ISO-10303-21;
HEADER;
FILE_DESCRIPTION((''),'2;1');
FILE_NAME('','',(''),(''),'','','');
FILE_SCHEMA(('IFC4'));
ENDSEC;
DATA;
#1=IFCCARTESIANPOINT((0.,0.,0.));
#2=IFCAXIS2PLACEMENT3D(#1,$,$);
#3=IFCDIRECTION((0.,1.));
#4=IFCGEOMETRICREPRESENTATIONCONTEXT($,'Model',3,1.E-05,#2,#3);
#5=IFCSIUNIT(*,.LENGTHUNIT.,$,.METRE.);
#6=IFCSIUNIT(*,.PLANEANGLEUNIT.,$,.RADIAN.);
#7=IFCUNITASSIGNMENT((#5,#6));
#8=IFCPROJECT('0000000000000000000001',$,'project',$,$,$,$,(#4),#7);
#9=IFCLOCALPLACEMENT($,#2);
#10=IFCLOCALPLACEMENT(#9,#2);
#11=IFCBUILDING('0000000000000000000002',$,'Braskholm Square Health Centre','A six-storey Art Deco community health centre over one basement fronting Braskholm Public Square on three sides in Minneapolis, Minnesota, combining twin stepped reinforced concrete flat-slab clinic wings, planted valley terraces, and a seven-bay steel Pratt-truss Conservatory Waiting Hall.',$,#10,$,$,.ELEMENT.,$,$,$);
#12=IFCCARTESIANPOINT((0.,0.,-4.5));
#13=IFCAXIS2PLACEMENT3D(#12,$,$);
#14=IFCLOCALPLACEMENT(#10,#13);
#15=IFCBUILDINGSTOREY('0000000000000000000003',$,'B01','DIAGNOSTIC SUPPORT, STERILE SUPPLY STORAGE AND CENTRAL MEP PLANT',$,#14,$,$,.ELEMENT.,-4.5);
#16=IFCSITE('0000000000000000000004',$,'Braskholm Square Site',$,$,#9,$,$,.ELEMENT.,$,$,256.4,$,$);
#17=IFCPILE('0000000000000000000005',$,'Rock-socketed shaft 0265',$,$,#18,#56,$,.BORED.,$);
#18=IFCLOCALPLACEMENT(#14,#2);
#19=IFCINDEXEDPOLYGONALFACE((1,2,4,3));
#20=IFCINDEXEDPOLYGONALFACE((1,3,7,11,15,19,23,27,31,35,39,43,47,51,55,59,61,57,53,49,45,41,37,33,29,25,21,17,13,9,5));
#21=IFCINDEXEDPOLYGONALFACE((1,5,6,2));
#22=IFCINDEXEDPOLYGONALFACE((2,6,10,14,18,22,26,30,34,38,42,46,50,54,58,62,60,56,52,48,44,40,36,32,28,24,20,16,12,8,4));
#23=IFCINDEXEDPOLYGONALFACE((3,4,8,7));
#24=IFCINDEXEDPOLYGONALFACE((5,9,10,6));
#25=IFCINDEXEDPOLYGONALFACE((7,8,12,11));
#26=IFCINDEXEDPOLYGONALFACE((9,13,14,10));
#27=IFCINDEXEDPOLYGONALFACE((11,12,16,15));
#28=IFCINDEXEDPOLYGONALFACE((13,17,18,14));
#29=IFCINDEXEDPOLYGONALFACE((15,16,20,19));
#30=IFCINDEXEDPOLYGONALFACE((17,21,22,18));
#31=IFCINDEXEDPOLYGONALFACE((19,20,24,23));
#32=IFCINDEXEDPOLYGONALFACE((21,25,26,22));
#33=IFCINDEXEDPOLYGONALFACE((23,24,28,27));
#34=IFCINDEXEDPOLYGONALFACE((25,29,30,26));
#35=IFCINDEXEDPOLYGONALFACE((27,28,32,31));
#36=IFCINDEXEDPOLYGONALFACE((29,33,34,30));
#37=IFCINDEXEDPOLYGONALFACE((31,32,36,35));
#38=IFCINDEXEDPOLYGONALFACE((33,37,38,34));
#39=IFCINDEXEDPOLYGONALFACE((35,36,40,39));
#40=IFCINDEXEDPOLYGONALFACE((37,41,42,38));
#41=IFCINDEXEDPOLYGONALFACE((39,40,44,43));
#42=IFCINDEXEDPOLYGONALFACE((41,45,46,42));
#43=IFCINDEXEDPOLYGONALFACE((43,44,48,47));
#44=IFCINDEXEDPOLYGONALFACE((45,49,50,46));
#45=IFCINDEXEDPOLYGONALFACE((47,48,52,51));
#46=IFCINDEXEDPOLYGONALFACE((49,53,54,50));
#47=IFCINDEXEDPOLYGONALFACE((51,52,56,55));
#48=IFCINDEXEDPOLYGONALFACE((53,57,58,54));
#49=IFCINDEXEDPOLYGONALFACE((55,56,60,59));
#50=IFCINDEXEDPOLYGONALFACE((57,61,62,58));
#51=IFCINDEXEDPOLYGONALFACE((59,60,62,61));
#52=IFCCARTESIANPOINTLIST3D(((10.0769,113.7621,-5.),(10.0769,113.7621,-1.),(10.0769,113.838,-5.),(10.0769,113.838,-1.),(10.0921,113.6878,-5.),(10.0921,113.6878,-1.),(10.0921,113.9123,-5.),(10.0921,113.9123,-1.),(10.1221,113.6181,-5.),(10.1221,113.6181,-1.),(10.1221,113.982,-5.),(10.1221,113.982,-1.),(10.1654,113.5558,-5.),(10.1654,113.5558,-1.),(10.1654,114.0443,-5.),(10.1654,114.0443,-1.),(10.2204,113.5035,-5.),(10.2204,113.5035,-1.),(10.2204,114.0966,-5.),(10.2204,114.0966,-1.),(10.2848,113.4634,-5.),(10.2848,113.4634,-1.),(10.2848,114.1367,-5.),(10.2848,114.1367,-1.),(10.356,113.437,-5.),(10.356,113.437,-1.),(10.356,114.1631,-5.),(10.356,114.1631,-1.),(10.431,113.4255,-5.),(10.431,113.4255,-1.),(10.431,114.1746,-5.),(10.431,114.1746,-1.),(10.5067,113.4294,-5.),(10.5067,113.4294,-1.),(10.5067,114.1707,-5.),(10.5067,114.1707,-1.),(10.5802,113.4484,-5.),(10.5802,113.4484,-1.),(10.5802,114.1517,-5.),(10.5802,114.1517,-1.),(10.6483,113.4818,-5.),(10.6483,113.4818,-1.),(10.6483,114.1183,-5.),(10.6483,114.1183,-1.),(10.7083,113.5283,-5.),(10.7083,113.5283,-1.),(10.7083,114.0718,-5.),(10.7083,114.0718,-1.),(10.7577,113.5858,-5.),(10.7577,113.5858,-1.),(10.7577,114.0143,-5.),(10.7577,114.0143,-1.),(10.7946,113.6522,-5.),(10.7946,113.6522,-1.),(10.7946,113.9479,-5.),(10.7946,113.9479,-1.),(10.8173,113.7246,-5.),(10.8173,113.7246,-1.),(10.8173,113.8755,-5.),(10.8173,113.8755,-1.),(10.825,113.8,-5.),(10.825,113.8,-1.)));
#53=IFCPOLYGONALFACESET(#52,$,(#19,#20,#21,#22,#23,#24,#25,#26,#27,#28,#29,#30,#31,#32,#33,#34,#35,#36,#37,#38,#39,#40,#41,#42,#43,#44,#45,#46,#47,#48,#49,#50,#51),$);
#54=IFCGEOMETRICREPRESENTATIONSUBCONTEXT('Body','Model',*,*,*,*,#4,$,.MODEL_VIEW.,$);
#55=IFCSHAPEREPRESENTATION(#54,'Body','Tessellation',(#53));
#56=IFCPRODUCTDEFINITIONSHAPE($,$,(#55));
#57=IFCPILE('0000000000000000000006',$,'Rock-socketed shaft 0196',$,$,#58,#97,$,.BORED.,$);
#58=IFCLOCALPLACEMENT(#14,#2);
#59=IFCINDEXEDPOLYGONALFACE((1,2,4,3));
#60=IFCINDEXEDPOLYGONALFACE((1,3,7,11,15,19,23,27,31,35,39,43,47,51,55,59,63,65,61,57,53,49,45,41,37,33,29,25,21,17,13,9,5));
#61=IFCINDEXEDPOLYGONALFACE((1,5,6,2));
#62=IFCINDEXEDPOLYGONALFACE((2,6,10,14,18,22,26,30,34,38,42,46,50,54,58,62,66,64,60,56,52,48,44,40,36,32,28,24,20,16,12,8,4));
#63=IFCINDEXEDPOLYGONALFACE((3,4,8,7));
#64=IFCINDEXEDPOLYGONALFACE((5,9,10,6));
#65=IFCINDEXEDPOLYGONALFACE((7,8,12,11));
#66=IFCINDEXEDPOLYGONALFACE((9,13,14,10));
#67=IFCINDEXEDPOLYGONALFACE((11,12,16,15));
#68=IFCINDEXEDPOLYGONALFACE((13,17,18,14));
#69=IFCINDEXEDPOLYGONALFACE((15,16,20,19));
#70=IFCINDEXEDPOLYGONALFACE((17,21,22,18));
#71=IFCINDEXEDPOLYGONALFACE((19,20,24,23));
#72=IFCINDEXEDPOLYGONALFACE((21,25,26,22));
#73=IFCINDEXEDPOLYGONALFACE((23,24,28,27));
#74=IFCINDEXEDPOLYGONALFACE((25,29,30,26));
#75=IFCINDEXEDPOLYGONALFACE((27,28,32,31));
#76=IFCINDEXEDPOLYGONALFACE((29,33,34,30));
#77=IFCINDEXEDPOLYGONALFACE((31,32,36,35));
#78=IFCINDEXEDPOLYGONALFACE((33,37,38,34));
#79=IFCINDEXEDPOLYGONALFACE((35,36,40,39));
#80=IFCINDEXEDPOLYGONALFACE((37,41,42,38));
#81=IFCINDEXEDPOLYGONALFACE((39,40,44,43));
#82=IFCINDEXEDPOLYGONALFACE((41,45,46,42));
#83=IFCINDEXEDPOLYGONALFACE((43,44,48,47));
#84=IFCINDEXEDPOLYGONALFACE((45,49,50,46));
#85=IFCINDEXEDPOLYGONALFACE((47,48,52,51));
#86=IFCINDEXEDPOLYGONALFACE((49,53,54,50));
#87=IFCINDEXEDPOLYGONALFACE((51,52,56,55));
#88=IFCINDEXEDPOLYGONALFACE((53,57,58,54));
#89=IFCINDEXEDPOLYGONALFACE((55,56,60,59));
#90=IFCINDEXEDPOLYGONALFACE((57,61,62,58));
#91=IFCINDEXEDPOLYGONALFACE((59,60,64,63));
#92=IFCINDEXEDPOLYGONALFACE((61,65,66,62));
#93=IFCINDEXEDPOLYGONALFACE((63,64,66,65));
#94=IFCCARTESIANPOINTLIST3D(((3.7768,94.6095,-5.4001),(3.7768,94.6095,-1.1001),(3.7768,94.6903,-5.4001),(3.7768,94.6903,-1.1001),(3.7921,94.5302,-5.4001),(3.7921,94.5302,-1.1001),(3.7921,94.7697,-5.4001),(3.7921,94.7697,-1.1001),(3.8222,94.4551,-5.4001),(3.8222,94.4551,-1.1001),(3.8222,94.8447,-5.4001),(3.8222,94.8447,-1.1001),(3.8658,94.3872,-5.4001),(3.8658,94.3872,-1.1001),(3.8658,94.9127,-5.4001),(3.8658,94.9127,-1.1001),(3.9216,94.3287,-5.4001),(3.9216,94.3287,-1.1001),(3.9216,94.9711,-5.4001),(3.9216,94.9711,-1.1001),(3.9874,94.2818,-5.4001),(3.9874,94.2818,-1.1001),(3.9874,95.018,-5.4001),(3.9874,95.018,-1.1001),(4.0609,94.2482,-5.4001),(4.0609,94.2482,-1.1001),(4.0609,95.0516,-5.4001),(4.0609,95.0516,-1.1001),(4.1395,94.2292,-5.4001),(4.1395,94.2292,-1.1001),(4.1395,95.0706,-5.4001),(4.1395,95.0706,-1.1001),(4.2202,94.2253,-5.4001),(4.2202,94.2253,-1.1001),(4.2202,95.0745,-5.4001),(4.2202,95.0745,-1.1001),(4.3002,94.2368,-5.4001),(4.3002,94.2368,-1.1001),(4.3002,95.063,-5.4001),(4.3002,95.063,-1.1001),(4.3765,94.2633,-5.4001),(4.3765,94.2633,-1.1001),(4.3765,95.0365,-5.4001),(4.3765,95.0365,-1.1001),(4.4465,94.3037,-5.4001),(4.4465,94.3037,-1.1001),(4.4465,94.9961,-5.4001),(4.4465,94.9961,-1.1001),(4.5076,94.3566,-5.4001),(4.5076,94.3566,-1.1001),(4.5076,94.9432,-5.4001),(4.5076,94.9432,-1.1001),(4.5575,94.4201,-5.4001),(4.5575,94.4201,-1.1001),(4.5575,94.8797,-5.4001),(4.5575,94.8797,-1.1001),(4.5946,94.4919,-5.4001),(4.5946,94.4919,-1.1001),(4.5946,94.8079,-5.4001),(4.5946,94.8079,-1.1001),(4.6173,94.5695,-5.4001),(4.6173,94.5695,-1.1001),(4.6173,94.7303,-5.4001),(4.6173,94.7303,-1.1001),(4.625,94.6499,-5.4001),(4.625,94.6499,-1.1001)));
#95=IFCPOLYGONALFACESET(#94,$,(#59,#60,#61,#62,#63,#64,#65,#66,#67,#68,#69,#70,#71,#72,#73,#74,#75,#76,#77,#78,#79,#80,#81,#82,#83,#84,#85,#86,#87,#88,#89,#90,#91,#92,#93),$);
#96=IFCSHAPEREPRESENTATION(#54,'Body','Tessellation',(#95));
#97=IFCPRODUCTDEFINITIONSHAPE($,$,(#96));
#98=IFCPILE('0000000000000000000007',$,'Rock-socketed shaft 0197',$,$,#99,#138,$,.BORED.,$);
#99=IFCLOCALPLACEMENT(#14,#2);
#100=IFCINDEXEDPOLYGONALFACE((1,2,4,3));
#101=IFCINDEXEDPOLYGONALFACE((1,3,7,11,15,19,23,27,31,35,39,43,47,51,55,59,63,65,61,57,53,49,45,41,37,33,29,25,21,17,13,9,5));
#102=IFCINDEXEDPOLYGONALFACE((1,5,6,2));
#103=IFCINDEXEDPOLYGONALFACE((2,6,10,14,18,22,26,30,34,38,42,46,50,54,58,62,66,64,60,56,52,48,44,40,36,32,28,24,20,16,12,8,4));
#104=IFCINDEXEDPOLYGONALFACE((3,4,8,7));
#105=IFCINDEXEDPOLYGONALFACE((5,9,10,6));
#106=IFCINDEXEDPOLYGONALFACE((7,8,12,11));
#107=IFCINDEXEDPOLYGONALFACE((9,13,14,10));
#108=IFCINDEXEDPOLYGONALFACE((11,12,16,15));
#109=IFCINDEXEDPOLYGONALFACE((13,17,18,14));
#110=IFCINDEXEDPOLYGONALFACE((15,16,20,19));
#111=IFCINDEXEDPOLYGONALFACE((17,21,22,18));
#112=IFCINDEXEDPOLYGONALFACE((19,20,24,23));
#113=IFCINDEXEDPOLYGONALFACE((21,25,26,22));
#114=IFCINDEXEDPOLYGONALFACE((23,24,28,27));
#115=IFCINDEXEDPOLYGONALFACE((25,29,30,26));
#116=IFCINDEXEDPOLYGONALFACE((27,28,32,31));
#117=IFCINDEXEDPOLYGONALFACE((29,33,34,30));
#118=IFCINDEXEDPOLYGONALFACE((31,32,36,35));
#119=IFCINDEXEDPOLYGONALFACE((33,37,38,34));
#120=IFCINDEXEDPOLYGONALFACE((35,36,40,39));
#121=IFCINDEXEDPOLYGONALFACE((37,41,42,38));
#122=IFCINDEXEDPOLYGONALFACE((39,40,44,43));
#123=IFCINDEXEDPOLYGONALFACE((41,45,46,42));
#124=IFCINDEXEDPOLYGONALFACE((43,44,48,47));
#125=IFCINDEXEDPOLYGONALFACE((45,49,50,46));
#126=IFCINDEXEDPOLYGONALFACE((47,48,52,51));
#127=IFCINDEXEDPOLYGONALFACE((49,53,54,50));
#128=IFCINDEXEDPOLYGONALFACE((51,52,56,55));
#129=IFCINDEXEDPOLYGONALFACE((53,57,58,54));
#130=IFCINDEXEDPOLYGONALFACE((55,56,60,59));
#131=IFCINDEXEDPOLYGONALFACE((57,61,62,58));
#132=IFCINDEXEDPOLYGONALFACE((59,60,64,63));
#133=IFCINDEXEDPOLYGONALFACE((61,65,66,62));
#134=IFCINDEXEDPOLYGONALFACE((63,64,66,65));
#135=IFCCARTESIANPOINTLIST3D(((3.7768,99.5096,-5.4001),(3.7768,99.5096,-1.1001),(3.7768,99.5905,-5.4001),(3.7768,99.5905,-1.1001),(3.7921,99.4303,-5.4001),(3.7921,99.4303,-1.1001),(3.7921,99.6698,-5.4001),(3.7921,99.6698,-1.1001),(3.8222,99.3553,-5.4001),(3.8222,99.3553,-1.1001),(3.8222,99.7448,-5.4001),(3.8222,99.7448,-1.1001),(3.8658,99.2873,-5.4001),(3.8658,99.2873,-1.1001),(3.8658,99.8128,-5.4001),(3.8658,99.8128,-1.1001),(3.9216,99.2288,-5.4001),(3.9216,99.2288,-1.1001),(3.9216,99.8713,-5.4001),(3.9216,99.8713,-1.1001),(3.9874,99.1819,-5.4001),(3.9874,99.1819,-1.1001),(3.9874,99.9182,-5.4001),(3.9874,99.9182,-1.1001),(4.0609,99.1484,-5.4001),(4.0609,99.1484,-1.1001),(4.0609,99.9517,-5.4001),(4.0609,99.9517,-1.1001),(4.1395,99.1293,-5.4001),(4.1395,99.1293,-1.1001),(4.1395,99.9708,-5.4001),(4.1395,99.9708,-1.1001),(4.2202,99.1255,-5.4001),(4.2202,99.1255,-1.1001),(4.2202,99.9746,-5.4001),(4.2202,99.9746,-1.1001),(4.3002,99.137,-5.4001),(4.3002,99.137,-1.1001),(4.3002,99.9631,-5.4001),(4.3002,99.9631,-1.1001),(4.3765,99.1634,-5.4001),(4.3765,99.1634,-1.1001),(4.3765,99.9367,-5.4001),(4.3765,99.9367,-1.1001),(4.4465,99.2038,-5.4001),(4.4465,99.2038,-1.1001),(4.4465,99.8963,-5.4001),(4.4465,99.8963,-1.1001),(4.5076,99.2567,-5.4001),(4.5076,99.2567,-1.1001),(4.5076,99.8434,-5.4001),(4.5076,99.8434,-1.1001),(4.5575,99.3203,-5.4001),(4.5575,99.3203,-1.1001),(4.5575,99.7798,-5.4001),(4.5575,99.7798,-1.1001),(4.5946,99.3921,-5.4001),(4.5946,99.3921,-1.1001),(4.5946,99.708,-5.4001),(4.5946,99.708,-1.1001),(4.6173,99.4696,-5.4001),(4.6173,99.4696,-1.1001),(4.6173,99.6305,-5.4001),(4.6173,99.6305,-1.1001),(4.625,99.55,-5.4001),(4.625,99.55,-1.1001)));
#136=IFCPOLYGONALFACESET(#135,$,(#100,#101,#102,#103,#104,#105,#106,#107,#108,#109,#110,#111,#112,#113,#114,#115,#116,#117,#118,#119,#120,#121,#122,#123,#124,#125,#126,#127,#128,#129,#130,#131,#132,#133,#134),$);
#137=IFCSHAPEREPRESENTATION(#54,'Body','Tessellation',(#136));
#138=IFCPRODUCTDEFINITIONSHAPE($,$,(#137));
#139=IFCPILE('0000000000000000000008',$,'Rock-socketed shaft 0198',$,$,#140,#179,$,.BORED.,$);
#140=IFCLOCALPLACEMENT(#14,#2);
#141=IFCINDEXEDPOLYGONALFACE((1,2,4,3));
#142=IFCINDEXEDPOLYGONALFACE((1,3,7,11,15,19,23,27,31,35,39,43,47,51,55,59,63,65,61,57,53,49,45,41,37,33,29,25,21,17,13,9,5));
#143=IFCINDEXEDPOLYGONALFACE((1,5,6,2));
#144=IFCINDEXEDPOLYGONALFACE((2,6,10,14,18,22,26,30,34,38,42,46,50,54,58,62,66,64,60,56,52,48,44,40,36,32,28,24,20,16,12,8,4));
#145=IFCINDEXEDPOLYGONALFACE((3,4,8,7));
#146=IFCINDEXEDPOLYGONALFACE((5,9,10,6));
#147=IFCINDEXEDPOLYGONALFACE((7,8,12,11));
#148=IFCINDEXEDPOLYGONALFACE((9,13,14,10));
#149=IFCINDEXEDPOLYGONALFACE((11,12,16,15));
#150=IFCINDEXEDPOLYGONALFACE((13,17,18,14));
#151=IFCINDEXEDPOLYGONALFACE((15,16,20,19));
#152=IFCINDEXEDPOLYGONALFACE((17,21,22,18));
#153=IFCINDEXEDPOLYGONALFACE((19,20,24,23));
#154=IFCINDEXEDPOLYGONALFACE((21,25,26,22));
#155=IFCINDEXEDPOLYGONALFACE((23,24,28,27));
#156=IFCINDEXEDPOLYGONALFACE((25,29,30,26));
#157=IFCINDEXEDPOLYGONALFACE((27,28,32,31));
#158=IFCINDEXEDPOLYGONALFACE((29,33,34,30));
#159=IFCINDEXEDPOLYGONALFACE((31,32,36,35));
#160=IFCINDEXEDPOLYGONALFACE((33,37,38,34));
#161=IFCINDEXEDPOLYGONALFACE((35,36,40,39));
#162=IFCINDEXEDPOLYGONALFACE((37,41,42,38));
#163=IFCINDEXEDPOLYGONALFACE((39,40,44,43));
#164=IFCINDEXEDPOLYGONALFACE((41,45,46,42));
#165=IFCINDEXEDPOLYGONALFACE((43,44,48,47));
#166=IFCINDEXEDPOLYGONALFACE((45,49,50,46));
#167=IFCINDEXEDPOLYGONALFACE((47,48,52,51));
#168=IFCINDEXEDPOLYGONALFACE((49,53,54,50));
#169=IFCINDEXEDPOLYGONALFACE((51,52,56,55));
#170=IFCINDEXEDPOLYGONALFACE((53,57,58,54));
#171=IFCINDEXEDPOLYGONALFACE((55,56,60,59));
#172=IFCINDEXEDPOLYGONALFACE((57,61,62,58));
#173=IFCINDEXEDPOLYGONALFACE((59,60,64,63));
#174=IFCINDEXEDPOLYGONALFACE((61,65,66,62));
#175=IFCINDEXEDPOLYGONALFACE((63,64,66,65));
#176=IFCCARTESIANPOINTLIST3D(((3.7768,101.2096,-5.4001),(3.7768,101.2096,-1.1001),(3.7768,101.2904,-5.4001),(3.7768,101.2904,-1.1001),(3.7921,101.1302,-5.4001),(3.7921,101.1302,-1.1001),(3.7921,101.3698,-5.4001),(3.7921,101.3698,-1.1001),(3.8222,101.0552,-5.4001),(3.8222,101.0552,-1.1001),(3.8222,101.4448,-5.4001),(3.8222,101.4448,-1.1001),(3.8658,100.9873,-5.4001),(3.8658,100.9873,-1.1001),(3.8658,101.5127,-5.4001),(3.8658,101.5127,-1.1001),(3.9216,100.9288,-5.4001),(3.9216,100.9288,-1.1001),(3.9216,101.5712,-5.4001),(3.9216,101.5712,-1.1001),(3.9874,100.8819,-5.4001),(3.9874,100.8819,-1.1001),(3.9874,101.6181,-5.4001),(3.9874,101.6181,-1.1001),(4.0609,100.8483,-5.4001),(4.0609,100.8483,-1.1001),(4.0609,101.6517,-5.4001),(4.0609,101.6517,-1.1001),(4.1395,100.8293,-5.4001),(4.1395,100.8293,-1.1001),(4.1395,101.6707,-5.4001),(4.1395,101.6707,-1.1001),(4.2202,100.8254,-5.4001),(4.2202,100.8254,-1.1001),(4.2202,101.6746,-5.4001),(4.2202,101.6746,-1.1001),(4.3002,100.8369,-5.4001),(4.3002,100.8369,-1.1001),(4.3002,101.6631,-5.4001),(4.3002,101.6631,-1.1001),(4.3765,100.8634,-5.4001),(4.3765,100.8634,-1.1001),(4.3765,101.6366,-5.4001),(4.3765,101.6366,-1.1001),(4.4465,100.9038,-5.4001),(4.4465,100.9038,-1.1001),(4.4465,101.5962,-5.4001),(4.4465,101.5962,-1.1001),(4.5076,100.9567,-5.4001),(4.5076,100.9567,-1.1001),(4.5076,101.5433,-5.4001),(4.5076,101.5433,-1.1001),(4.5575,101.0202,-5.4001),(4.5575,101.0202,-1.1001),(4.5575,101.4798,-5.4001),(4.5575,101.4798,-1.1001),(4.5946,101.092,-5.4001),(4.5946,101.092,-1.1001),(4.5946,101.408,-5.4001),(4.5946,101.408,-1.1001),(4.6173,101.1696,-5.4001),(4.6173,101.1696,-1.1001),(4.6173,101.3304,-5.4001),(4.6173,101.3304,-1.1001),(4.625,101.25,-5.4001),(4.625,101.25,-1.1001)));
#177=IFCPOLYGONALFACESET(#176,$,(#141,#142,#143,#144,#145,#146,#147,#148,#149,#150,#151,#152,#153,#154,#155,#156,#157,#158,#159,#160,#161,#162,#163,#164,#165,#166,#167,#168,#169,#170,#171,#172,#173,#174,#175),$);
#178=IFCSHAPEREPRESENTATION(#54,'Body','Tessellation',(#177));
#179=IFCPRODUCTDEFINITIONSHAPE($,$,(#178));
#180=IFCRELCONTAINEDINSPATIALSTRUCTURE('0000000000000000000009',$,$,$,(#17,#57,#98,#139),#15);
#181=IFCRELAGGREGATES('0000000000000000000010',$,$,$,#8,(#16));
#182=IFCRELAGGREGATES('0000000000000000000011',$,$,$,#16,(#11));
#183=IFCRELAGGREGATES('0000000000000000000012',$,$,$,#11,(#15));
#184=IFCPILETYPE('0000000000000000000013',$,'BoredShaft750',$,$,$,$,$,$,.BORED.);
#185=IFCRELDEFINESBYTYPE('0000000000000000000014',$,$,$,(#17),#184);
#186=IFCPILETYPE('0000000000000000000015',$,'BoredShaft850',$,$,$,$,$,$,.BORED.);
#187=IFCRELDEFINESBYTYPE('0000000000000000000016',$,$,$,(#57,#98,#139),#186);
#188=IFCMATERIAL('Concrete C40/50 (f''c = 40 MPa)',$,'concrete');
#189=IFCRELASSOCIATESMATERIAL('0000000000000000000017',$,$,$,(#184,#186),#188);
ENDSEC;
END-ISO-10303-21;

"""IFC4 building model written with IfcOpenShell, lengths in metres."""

from ifc_helpers import new_model, si_unit, direction, frame, origin, origin_2d, place, context, subcontext, project, spatial, circle, extrude, material, material_profile, profile_set, type_object, element, save


model = new_model("IFC4")

# Units and contexts
model_context = context("Model", 3, precision=1e-05, world=origin(), true_north=direction((0.0, 1.0)))
body_context = subcontext(model_context, "Body", "Model", "MODEL_VIEW")
ifc_project = project(units=[si_unit("LENGTHUNIT", "METRE"), si_unit("PLANEANGLEUNIT", "RADIAN")], contexts=[model_context])

# Site, building, storey
site_placement = place(None, origin())
site = spatial("IfcSite", under=ifc_project, at=site_placement, Name="Braskholm Square Site", CompositionType="ELEMENT", RefElevation=256.4)
building_placement = place(site_placement, origin())
building = spatial("IfcBuilding", under=site, at=building_placement, Name="Braskholm Square Health Centre", Description="A six-storey Art Deco community health centre over one basement fronting Braskholm Public Square on three sides in Minneapolis, Minnesota, combining twin stepped reinforced concrete flat-slab clinic wings, planted valley terraces, and a seven-bay steel Pratt-truss Conservatory Waiting Hall.", CompositionType="ELEMENT")
storey_placement = place(building_placement, frame((0.0, 0.0, -4.5)))
storey = spatial("IfcBuildingStorey", under=building, at=storey_placement, Name="B01", Description="DIAGNOSTIC SUPPORT, STERILE SUPPLY STORAGE AND CENTRAL MEP PLANT", CompositionType="ELEMENT", Elevation=-4.5)

# Piles
ifc_material_1 = material(Name="Concrete C40/50 (f'c = 40 MPa)", Category="concrete")
ifc_material_profile_1 = material_profile(ifc_material_1, circle(Radius=0.375, at=origin_2d()), Name="BORED-PILE-750")
ifc_profile_set_1 = profile_set([ifc_material_profile_1], Name="Concrete C40/50 (f'c = 40 MPa)")
pile_type_1 = type_object("IfcPileType", Name="BoredShaft750", PredefinedType="BORED", material=ifc_profile_set_1)
for number, where, z_axis, x_axis, name in (
    (1, (10.45, 113.8, -1.0), (0.0, 0.0, -1.0), (1.0, 0.0, 0.0), "Rock-socketed shaft 0265"),
):
    element("IfcPile", number, at=place(storey_placement, frame(where, z_axis=z_axis, x_axis=x_axis)), inside=storey, type_object=pile_type_1, Name=name, PredefinedType="BORED", context=body_context, shape_type="SweptSolid", body=[
        extrude(circle(Radius=0.375, at=origin_2d()), origin(), (0.0, 0.0, 1.0), 4.0),
    ])
ifc_material_profile_2 = material_profile(ifc_material_1, circle(Radius=0.425, at=origin_2d()), Name="BORED-PILE-850")
ifc_profile_set_2 = profile_set([ifc_material_profile_2], Name="Concrete C40/50 (f'c = 40 MPa)")
pile_type_2 = type_object("IfcPileType", Name="BoredShaft850", PredefinedType="BORED", material=ifc_profile_set_2)
for number, where, z_axis, x_axis, name in (
    (2, (4.2, 94.6499, -1.1001), (0.0, 0.0, -1.0), (1.0, 0.0, 0.0), "Rock-socketed shaft 0196"),
    (3, (4.2, 99.55, -1.1001), (0.0, 0.0, -1.0), (1.0, 0.0, 0.0), "Rock-socketed shaft 0197"),
    (4, (4.2, 101.25, -1.1001), (0.0, 0.0, -1.0), (1.0, 0.0, 0.0), "Rock-socketed shaft 0198"),
):
    element("IfcPile", number, at=place(storey_placement, frame(where, z_axis=z_axis, x_axis=x_axis)), inside=storey, type_object=pile_type_2, Name=name, PredefinedType="BORED", context=body_context, shape_type="SweptSolid", body=[
        extrude(circle(Radius=0.425, at=origin_2d()), origin(), (0.0, 0.0, 1.0), 4.3),
    ])

save(model, "model.ifc")
